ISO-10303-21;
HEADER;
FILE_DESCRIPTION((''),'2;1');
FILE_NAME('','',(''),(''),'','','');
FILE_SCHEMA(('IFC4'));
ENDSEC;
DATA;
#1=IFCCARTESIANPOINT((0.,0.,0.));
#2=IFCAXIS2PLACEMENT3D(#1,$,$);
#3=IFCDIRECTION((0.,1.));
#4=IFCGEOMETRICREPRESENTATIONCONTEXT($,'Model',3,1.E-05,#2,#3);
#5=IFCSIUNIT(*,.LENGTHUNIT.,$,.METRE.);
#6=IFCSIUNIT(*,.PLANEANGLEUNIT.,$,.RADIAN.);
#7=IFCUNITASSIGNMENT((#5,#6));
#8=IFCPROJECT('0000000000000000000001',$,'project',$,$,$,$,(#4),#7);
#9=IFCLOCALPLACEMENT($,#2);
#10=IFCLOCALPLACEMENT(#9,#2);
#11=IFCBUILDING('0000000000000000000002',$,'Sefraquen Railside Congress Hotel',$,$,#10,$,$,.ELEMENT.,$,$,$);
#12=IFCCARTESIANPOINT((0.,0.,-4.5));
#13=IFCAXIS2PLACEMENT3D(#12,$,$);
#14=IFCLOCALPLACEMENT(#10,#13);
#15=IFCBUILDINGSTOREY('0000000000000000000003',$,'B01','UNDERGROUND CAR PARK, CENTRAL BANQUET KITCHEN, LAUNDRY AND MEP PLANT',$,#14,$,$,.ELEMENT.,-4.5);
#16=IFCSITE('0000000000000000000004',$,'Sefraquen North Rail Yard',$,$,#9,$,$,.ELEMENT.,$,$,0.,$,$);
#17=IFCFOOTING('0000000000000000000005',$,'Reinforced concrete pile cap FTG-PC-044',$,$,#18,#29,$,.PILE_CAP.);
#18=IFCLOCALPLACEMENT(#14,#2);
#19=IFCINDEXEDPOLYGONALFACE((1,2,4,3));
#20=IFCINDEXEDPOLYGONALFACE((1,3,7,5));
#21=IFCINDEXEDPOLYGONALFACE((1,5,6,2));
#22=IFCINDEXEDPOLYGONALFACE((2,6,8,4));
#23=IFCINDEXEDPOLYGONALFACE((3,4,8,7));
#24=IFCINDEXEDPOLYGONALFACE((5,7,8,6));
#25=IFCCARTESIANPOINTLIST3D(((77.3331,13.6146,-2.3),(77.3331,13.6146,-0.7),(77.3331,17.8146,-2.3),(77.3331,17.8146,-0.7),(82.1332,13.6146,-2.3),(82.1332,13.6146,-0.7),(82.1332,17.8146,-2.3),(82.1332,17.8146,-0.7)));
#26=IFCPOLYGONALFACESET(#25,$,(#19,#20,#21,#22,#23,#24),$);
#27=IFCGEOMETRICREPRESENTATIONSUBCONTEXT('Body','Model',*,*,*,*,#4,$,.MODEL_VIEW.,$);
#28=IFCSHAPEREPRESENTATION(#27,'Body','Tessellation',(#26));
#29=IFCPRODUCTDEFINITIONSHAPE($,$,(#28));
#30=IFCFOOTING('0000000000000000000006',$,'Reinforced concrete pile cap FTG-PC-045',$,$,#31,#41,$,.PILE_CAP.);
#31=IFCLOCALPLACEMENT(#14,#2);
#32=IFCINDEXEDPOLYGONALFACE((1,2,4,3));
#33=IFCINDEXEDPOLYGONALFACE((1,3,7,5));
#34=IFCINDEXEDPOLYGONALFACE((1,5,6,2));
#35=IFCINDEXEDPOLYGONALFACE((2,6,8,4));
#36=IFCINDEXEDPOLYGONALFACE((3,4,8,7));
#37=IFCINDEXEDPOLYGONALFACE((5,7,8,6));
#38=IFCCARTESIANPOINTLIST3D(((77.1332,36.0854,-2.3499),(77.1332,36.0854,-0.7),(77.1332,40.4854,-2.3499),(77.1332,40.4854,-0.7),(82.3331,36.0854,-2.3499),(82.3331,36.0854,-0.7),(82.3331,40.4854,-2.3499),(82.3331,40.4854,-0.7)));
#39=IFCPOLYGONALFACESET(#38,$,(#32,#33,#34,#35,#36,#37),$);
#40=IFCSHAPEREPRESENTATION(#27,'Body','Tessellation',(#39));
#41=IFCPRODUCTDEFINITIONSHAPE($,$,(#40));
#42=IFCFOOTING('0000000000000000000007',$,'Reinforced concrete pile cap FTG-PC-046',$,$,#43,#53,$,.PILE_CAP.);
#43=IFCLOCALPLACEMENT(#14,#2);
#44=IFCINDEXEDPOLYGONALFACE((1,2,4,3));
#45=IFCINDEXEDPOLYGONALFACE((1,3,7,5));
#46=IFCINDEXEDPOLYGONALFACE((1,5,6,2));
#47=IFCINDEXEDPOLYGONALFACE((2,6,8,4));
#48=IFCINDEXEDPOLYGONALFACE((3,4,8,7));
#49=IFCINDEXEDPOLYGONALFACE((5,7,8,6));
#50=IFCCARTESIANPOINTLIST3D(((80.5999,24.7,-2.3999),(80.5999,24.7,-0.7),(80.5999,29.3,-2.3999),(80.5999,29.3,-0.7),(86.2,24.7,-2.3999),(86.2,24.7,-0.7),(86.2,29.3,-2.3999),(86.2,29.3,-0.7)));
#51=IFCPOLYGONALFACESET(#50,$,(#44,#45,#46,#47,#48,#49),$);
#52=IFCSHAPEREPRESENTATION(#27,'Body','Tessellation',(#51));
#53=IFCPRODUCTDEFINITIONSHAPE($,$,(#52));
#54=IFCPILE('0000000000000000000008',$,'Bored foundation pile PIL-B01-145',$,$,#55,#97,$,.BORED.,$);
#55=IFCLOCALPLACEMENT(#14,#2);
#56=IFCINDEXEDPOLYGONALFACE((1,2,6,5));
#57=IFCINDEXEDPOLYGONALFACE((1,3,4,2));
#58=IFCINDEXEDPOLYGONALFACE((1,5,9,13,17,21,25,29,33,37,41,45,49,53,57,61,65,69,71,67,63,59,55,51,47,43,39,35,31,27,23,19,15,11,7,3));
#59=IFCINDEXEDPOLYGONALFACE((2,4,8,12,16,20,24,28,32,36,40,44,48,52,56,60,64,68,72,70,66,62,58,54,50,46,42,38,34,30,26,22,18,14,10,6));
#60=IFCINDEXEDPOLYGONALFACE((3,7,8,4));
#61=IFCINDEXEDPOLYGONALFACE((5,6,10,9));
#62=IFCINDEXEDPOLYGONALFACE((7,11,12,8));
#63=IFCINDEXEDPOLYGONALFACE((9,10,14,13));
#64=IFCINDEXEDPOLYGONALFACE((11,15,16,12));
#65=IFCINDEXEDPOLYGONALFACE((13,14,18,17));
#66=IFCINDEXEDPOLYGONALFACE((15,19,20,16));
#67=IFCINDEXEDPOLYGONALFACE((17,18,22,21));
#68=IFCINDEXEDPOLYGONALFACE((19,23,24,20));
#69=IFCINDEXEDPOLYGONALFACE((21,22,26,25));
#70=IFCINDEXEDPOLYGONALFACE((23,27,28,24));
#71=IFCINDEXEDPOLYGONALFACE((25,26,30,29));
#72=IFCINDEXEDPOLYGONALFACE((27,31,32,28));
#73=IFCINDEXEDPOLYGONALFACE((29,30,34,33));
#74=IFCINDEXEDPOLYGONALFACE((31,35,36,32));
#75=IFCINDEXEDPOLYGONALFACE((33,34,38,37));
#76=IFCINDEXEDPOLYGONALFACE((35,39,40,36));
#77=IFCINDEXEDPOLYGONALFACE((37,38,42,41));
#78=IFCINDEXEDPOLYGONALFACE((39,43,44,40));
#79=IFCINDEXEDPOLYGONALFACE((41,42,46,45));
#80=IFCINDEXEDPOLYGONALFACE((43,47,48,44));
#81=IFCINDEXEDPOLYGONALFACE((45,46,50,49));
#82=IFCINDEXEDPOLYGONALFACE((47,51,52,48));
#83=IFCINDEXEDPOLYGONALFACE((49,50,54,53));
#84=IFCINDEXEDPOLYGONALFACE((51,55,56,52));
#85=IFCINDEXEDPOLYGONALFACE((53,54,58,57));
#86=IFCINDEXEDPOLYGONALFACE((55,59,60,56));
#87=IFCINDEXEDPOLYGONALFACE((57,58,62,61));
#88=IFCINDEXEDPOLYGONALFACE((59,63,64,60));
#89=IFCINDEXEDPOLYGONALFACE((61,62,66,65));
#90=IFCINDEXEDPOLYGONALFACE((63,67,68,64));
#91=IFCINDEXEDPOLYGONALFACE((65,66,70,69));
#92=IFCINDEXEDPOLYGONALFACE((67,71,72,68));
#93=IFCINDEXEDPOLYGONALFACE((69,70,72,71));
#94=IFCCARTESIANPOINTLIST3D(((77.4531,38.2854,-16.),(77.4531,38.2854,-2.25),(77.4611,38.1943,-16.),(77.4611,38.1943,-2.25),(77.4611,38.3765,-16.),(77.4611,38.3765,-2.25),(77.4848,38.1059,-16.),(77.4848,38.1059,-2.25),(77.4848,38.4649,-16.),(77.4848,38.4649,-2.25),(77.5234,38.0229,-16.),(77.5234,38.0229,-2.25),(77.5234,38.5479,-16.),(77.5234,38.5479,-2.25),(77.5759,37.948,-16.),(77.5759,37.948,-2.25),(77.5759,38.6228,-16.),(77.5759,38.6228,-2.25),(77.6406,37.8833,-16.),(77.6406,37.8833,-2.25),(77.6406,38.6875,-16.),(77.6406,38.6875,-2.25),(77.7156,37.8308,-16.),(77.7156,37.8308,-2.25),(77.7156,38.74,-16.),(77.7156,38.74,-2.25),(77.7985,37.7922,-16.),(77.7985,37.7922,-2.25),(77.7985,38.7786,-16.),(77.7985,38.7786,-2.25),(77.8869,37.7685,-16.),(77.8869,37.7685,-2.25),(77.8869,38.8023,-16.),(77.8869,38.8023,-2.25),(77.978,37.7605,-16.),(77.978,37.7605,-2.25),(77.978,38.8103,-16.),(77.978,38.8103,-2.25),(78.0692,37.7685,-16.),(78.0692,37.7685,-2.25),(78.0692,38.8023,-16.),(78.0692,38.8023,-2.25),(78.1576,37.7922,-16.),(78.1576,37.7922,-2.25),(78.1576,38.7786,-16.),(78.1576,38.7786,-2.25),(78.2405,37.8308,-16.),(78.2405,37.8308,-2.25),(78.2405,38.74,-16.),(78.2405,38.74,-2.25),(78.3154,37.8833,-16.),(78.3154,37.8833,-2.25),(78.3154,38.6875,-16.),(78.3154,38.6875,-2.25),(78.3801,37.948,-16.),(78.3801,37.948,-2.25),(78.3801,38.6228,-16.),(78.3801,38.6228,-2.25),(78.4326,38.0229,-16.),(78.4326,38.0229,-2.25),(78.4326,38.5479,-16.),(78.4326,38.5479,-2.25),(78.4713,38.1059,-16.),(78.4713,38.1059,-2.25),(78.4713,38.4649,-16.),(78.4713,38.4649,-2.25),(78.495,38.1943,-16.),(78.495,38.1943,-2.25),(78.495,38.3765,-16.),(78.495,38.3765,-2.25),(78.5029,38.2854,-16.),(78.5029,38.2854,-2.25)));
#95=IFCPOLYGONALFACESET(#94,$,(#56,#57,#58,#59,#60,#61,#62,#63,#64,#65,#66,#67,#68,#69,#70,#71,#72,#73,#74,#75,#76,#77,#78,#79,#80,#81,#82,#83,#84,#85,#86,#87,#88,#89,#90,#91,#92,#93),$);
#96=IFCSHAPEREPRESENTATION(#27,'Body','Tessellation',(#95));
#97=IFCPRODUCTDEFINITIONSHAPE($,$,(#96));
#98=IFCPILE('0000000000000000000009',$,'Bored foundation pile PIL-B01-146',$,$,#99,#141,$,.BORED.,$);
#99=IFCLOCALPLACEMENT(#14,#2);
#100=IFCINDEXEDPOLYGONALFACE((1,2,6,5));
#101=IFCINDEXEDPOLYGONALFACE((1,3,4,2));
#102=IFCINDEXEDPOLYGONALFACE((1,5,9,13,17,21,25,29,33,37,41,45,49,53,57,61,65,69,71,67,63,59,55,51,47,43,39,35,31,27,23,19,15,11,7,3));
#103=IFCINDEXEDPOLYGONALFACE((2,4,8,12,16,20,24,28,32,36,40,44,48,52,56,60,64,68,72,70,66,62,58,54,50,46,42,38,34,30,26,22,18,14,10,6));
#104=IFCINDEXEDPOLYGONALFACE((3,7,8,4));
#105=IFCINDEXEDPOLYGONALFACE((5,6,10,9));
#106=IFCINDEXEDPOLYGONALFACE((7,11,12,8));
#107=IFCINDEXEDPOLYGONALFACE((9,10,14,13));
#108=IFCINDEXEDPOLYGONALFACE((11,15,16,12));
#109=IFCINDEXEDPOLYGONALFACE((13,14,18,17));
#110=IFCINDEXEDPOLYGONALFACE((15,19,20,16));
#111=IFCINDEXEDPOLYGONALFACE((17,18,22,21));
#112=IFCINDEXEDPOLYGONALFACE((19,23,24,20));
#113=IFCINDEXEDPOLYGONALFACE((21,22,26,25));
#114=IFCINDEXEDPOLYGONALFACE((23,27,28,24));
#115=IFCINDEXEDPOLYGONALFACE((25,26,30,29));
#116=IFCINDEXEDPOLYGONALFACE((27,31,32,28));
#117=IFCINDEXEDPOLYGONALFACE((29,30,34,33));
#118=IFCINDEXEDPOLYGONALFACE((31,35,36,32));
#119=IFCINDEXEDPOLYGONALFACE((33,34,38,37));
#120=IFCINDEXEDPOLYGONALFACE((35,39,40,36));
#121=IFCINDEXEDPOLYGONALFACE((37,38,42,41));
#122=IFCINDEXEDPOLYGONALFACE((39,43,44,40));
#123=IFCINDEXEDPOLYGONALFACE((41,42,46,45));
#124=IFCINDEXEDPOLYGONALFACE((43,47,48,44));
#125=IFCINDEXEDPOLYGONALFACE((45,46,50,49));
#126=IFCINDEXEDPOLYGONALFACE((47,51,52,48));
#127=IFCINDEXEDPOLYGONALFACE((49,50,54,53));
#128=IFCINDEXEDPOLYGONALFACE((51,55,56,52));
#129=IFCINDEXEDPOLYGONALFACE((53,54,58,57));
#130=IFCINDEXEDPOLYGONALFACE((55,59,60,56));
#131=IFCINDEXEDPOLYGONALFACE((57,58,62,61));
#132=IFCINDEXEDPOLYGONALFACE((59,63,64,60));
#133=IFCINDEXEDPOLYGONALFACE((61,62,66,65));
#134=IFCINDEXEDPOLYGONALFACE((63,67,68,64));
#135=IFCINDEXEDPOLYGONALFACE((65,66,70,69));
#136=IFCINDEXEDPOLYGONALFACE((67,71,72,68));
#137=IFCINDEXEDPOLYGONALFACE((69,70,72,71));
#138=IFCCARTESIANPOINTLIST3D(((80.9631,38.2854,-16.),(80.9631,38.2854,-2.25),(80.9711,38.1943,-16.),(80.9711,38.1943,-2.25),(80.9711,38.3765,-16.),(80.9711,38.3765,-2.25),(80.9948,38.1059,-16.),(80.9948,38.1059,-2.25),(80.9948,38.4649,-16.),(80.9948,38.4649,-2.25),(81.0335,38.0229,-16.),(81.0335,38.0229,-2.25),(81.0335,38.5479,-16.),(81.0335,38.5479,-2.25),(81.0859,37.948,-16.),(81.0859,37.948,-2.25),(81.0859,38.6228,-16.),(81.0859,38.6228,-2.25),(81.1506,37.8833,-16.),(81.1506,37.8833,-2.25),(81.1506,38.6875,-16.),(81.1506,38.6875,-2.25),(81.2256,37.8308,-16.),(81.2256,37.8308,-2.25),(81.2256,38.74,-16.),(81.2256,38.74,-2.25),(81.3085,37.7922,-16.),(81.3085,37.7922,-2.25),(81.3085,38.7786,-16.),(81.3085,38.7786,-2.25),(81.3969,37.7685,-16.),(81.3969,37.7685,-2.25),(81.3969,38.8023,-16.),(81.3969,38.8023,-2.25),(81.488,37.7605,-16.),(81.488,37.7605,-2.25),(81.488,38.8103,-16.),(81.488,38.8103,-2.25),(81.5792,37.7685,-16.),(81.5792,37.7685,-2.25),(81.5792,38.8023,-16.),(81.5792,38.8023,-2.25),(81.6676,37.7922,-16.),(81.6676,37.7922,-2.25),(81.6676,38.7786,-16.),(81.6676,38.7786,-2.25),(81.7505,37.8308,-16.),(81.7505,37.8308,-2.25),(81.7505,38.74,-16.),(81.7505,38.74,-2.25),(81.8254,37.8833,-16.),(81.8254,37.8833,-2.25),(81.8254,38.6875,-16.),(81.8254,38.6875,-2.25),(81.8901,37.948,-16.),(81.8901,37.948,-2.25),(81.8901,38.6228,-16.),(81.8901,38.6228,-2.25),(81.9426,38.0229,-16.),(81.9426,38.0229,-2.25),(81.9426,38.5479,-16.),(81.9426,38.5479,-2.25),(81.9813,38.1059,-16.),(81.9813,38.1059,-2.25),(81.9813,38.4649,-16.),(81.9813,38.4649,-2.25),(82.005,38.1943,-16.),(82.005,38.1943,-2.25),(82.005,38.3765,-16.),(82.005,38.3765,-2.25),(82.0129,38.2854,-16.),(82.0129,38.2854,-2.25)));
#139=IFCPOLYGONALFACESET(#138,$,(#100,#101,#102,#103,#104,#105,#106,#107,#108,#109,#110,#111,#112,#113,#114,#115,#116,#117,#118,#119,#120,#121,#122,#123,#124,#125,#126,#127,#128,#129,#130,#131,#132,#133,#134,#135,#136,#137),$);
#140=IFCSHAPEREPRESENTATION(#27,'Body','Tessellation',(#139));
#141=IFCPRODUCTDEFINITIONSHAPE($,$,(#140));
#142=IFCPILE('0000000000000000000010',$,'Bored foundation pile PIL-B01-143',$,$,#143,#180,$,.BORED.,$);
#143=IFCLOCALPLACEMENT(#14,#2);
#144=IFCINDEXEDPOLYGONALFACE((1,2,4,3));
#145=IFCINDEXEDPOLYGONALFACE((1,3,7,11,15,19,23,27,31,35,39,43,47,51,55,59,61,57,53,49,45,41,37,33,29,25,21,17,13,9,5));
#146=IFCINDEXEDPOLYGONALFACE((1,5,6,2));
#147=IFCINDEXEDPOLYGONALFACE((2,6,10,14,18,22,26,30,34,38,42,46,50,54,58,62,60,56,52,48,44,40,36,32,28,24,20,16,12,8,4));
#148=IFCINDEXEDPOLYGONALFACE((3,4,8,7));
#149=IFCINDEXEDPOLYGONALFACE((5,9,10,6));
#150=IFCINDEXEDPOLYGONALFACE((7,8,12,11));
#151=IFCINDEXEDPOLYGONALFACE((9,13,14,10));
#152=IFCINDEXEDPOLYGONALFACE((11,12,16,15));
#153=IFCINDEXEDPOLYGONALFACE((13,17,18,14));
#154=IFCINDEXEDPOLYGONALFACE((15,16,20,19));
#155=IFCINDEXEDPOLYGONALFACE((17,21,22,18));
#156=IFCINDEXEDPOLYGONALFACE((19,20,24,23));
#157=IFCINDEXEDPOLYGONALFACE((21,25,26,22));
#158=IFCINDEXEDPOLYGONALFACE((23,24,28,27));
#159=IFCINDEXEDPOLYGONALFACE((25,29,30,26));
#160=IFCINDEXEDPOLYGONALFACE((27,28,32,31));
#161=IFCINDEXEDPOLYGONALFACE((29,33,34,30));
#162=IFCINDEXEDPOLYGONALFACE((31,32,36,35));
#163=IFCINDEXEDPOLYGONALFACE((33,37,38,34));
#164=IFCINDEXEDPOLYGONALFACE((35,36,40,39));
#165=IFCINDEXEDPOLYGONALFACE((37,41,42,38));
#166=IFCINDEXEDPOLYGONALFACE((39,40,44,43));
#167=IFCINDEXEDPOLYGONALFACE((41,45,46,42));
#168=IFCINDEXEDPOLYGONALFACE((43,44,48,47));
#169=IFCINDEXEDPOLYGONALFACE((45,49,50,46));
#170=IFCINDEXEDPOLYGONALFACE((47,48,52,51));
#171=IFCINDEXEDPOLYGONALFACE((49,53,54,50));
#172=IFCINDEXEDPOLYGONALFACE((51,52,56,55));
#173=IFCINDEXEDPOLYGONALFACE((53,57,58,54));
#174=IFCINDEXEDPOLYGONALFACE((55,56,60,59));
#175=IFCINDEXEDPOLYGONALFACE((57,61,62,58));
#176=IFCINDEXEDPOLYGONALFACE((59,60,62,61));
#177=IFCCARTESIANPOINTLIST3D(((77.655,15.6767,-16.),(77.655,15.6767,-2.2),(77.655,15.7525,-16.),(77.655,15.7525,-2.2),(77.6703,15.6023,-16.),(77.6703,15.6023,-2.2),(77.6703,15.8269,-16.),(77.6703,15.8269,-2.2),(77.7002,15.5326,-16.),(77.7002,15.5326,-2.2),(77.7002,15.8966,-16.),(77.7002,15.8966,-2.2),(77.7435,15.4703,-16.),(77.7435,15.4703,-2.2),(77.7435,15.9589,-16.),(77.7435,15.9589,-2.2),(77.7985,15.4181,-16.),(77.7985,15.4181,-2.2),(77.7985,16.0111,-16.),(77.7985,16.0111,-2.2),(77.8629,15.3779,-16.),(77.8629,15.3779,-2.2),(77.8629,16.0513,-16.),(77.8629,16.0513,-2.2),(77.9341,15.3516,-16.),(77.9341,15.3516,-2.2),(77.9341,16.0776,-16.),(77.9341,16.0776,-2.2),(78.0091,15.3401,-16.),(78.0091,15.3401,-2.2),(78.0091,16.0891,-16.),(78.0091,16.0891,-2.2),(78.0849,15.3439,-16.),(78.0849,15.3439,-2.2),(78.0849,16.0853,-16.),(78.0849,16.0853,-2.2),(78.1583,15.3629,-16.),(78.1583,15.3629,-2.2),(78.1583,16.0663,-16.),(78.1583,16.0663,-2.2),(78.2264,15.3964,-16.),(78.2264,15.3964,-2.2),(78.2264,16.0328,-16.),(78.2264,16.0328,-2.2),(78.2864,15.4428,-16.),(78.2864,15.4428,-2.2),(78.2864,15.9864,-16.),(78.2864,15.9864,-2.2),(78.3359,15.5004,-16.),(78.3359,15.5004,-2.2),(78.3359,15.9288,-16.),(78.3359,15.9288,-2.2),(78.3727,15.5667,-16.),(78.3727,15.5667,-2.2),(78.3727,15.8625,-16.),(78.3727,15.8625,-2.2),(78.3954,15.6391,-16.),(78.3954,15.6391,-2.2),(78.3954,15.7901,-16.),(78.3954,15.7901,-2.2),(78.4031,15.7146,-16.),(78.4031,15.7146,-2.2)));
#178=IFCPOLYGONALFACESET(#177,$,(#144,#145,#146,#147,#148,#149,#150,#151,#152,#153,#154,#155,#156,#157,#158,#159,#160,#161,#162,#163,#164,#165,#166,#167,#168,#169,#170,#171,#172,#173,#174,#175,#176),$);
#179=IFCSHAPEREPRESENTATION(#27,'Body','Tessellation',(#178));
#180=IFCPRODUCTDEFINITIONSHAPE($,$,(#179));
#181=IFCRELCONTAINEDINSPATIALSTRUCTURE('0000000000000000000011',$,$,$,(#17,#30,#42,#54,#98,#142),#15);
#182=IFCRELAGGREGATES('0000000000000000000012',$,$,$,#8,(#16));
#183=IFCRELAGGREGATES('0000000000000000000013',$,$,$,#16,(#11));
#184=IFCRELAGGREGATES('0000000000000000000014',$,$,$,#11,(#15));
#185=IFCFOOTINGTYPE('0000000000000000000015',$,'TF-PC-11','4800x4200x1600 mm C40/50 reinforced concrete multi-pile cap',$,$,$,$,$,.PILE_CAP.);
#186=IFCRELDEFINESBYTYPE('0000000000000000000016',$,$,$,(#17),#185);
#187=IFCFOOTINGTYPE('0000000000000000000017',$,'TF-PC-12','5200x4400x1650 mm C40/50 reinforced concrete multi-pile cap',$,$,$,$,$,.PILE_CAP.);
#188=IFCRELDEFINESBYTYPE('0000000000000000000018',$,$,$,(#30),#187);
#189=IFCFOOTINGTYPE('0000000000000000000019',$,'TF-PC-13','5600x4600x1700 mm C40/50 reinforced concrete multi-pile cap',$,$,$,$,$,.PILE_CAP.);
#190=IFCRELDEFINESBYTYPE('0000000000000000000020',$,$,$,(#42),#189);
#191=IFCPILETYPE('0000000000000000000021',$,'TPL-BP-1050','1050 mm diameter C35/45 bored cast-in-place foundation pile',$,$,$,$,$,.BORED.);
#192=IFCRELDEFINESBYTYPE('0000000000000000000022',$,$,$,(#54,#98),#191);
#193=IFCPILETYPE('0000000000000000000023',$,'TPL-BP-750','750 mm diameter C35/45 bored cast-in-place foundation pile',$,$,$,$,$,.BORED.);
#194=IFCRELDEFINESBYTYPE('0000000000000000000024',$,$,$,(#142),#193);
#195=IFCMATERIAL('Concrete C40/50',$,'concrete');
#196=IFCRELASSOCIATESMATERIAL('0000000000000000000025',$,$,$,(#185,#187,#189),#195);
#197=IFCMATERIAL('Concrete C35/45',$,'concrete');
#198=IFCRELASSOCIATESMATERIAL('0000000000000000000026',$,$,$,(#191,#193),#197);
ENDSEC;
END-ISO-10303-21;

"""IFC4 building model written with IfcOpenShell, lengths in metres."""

from ifc_helpers import new_model, si_unit, direction, frame, origin, origin_2d, place, context, subcontext, project, spatial, rectangle, circle, extrude, material, material_profile, profile_set, type_object, element, save


model = new_model("IFC4")

# Units and contexts
model_context = context("Model", 3, precision=1e-05, world=origin(), true_north=direction((0.0, 1.0)))
body_context = subcontext(model_context, "Body", "Model", "MODEL_VIEW")
ifc_project = project(units=[si_unit("LENGTHUNIT", "METRE"), si_unit("PLANEANGLEUNIT", "RADIAN")], contexts=[model_context])

# Site, building, storey
site_placement = place(None, origin())
site = spatial("IfcSite", under=ifc_project, at=site_placement, Name="Sefraquen North Rail Yard", CompositionType="ELEMENT", RefElevation=0.0)
building_placement = place(site_placement, origin())
building = spatial("IfcBuilding", under=site, at=building_placement, Name="Sefraquen Railside Congress Hotel", CompositionType="ELEMENT")
storey_placement = place(building_placement, frame((0.0, 0.0, -4.5)))
storey = spatial("IfcBuildingStorey", under=building, at=storey_placement, Name="B01", Description="UNDERGROUND CAR PARK, CENTRAL BANQUET KITCHEN, LAUNDRY AND MEP PLANT", CompositionType="ELEMENT", Elevation=-4.5)

# Footings
ifc_material_1 = material(Name="Concrete C40/50", Category="concrete")
footing_type_1 = type_object("IfcFootingType", Name="TF-PC-11", Description="4800x4200x1600 mm C40/50 reinforced concrete multi-pile cap", PredefinedType="PILE_CAP", material=ifc_material_1)
footing_1_placement = place(storey_placement, frame((79.7332, 15.7146, -2.3), z_axis=(0.0, 0.0, 1.0), x_axis=(1.0, 0.0, 0.0)))
element("IfcFooting", 1, at=footing_1_placement, inside=storey, type_object=footing_type_1, Name="Reinforced concrete pile cap FTG-PC-044", PredefinedType="PILE_CAP", context=body_context, shape_type="SweptSolid", body=[
    extrude(rectangle(XDim=4.8, YDim=4.2, at=origin_2d()), origin(), (0.0, 0.0, 1.0), 1.6001),
])
footing_type_2 = type_object("IfcFootingType", Name="TF-PC-12", Description="5200x4400x1650 mm C40/50 reinforced concrete multi-pile cap", PredefinedType="PILE_CAP", material=ifc_material_1)
footing_2_placement = place(storey_placement, frame((79.7332, 38.2854, -2.3499), z_axis=(0.0, 0.0, 1.0), x_axis=(1.0, 0.0, 0.0)))
element("IfcFooting", 2, at=footing_2_placement, inside=storey, type_object=footing_type_2, Name="Reinforced concrete pile cap FTG-PC-045", PredefinedType="PILE_CAP", context=body_context, shape_type="SweptSolid", body=[
    extrude(rectangle(XDim=5.2, YDim=4.3999, at=origin_2d()), origin(), (0.0, 0.0, 1.0), 1.6499),
])
footing_type_3 = type_object("IfcFootingType", Name="TF-PC-13", Description="5600x4600x1700 mm C40/50 reinforced concrete multi-pile cap", PredefinedType="PILE_CAP", material=ifc_material_1)
footing_3_placement = place(storey_placement, frame((83.3999, 27.0, -2.3999), z_axis=(0.0, 0.0, 1.0), x_axis=(1.0, 0.0, 0.0)))
element("IfcFooting", 3, at=footing_3_placement, inside=storey, type_object=footing_type_3, Name="Reinforced concrete pile cap FTG-PC-046", PredefinedType="PILE_CAP", context=body_context, shape_type="SweptSolid", body=[
    extrude(rectangle(XDim=5.6001, YDim=4.6001, at=origin_2d()), origin(), (0.0, 0.0, 1.0), 1.7),
])

# Piles
ifc_material_2 = material(Name="Concrete C35/45", Category="concrete")
ifc_material_profile_1 = material_profile(ifc_material_2, circle(Radius=0.5249, at=origin_2d()), Name="BORED PILE 1050")
ifc_profile_set_1 = profile_set([ifc_material_profile_1], Name="Concrete C35/45")
pile_type_1 = type_object("IfcPileType", Name="TPL-BP-1050", Description="1050 mm diameter C35/45 bored cast-in-place foundation pile", PredefinedType="BORED", material=ifc_profile_set_1)
for number, where, z_axis, x_axis, name in (
    (4, (77.978, 38.2854, -2.25), (0.0, 0.0, -1.0), (1.0, 0.0, 0.0), "Bored foundation pile PIL-B01-145"),
    (5, (81.488, 38.2854, -2.25), (0.0, 0.0, -1.0), (1.0, 0.0, 0.0), "Bored foundation pile PIL-B01-146"),
):
    element("IfcPile", number, at=place(storey_placement, frame(where, z_axis=z_axis, x_axis=x_axis)), inside=storey, type_object=pile_type_1, Name=name, PredefinedType="BORED", context=body_context, shape_type="SweptSolid", body=[
        extrude(circle(Radius=0.5249, at=origin_2d()), origin(), (0.0, 0.0, 1.0), 13.75),
    ])
ifc_material_profile_2 = material_profile(ifc_material_2, circle(Radius=0.375, at=origin_2d()), Name="BORED PILE 750")
ifc_profile_set_2 = profile_set([ifc_material_profile_2], Name="Concrete C35/45")
pile_type_2 = type_object("IfcPileType", Name="TPL-BP-750", Description="750 mm diameter C35/45 bored cast-in-place foundation pile", PredefinedType="BORED", material=ifc_profile_set_2)
for number, where, z_axis, x_axis, name in (
    (6, (78.0281, 15.7146, -2.2), (0.0, 0.0, -1.0), (1.0, 0.0, 0.0), "Bored foundation pile PIL-B01-143"),
):
    element("IfcPile", number, at=place(storey_placement, frame(where, z_axis=z_axis, x_axis=x_axis)), inside=storey, type_object=pile_type_2, Name=name, PredefinedType="BORED", context=body_context, shape_type="SweptSolid", body=[
        extrude(circle(Radius=0.375, at=origin_2d()), origin(), (0.0, 0.0, 1.0), 13.8),
    ])

save(model, "model.ifc")
